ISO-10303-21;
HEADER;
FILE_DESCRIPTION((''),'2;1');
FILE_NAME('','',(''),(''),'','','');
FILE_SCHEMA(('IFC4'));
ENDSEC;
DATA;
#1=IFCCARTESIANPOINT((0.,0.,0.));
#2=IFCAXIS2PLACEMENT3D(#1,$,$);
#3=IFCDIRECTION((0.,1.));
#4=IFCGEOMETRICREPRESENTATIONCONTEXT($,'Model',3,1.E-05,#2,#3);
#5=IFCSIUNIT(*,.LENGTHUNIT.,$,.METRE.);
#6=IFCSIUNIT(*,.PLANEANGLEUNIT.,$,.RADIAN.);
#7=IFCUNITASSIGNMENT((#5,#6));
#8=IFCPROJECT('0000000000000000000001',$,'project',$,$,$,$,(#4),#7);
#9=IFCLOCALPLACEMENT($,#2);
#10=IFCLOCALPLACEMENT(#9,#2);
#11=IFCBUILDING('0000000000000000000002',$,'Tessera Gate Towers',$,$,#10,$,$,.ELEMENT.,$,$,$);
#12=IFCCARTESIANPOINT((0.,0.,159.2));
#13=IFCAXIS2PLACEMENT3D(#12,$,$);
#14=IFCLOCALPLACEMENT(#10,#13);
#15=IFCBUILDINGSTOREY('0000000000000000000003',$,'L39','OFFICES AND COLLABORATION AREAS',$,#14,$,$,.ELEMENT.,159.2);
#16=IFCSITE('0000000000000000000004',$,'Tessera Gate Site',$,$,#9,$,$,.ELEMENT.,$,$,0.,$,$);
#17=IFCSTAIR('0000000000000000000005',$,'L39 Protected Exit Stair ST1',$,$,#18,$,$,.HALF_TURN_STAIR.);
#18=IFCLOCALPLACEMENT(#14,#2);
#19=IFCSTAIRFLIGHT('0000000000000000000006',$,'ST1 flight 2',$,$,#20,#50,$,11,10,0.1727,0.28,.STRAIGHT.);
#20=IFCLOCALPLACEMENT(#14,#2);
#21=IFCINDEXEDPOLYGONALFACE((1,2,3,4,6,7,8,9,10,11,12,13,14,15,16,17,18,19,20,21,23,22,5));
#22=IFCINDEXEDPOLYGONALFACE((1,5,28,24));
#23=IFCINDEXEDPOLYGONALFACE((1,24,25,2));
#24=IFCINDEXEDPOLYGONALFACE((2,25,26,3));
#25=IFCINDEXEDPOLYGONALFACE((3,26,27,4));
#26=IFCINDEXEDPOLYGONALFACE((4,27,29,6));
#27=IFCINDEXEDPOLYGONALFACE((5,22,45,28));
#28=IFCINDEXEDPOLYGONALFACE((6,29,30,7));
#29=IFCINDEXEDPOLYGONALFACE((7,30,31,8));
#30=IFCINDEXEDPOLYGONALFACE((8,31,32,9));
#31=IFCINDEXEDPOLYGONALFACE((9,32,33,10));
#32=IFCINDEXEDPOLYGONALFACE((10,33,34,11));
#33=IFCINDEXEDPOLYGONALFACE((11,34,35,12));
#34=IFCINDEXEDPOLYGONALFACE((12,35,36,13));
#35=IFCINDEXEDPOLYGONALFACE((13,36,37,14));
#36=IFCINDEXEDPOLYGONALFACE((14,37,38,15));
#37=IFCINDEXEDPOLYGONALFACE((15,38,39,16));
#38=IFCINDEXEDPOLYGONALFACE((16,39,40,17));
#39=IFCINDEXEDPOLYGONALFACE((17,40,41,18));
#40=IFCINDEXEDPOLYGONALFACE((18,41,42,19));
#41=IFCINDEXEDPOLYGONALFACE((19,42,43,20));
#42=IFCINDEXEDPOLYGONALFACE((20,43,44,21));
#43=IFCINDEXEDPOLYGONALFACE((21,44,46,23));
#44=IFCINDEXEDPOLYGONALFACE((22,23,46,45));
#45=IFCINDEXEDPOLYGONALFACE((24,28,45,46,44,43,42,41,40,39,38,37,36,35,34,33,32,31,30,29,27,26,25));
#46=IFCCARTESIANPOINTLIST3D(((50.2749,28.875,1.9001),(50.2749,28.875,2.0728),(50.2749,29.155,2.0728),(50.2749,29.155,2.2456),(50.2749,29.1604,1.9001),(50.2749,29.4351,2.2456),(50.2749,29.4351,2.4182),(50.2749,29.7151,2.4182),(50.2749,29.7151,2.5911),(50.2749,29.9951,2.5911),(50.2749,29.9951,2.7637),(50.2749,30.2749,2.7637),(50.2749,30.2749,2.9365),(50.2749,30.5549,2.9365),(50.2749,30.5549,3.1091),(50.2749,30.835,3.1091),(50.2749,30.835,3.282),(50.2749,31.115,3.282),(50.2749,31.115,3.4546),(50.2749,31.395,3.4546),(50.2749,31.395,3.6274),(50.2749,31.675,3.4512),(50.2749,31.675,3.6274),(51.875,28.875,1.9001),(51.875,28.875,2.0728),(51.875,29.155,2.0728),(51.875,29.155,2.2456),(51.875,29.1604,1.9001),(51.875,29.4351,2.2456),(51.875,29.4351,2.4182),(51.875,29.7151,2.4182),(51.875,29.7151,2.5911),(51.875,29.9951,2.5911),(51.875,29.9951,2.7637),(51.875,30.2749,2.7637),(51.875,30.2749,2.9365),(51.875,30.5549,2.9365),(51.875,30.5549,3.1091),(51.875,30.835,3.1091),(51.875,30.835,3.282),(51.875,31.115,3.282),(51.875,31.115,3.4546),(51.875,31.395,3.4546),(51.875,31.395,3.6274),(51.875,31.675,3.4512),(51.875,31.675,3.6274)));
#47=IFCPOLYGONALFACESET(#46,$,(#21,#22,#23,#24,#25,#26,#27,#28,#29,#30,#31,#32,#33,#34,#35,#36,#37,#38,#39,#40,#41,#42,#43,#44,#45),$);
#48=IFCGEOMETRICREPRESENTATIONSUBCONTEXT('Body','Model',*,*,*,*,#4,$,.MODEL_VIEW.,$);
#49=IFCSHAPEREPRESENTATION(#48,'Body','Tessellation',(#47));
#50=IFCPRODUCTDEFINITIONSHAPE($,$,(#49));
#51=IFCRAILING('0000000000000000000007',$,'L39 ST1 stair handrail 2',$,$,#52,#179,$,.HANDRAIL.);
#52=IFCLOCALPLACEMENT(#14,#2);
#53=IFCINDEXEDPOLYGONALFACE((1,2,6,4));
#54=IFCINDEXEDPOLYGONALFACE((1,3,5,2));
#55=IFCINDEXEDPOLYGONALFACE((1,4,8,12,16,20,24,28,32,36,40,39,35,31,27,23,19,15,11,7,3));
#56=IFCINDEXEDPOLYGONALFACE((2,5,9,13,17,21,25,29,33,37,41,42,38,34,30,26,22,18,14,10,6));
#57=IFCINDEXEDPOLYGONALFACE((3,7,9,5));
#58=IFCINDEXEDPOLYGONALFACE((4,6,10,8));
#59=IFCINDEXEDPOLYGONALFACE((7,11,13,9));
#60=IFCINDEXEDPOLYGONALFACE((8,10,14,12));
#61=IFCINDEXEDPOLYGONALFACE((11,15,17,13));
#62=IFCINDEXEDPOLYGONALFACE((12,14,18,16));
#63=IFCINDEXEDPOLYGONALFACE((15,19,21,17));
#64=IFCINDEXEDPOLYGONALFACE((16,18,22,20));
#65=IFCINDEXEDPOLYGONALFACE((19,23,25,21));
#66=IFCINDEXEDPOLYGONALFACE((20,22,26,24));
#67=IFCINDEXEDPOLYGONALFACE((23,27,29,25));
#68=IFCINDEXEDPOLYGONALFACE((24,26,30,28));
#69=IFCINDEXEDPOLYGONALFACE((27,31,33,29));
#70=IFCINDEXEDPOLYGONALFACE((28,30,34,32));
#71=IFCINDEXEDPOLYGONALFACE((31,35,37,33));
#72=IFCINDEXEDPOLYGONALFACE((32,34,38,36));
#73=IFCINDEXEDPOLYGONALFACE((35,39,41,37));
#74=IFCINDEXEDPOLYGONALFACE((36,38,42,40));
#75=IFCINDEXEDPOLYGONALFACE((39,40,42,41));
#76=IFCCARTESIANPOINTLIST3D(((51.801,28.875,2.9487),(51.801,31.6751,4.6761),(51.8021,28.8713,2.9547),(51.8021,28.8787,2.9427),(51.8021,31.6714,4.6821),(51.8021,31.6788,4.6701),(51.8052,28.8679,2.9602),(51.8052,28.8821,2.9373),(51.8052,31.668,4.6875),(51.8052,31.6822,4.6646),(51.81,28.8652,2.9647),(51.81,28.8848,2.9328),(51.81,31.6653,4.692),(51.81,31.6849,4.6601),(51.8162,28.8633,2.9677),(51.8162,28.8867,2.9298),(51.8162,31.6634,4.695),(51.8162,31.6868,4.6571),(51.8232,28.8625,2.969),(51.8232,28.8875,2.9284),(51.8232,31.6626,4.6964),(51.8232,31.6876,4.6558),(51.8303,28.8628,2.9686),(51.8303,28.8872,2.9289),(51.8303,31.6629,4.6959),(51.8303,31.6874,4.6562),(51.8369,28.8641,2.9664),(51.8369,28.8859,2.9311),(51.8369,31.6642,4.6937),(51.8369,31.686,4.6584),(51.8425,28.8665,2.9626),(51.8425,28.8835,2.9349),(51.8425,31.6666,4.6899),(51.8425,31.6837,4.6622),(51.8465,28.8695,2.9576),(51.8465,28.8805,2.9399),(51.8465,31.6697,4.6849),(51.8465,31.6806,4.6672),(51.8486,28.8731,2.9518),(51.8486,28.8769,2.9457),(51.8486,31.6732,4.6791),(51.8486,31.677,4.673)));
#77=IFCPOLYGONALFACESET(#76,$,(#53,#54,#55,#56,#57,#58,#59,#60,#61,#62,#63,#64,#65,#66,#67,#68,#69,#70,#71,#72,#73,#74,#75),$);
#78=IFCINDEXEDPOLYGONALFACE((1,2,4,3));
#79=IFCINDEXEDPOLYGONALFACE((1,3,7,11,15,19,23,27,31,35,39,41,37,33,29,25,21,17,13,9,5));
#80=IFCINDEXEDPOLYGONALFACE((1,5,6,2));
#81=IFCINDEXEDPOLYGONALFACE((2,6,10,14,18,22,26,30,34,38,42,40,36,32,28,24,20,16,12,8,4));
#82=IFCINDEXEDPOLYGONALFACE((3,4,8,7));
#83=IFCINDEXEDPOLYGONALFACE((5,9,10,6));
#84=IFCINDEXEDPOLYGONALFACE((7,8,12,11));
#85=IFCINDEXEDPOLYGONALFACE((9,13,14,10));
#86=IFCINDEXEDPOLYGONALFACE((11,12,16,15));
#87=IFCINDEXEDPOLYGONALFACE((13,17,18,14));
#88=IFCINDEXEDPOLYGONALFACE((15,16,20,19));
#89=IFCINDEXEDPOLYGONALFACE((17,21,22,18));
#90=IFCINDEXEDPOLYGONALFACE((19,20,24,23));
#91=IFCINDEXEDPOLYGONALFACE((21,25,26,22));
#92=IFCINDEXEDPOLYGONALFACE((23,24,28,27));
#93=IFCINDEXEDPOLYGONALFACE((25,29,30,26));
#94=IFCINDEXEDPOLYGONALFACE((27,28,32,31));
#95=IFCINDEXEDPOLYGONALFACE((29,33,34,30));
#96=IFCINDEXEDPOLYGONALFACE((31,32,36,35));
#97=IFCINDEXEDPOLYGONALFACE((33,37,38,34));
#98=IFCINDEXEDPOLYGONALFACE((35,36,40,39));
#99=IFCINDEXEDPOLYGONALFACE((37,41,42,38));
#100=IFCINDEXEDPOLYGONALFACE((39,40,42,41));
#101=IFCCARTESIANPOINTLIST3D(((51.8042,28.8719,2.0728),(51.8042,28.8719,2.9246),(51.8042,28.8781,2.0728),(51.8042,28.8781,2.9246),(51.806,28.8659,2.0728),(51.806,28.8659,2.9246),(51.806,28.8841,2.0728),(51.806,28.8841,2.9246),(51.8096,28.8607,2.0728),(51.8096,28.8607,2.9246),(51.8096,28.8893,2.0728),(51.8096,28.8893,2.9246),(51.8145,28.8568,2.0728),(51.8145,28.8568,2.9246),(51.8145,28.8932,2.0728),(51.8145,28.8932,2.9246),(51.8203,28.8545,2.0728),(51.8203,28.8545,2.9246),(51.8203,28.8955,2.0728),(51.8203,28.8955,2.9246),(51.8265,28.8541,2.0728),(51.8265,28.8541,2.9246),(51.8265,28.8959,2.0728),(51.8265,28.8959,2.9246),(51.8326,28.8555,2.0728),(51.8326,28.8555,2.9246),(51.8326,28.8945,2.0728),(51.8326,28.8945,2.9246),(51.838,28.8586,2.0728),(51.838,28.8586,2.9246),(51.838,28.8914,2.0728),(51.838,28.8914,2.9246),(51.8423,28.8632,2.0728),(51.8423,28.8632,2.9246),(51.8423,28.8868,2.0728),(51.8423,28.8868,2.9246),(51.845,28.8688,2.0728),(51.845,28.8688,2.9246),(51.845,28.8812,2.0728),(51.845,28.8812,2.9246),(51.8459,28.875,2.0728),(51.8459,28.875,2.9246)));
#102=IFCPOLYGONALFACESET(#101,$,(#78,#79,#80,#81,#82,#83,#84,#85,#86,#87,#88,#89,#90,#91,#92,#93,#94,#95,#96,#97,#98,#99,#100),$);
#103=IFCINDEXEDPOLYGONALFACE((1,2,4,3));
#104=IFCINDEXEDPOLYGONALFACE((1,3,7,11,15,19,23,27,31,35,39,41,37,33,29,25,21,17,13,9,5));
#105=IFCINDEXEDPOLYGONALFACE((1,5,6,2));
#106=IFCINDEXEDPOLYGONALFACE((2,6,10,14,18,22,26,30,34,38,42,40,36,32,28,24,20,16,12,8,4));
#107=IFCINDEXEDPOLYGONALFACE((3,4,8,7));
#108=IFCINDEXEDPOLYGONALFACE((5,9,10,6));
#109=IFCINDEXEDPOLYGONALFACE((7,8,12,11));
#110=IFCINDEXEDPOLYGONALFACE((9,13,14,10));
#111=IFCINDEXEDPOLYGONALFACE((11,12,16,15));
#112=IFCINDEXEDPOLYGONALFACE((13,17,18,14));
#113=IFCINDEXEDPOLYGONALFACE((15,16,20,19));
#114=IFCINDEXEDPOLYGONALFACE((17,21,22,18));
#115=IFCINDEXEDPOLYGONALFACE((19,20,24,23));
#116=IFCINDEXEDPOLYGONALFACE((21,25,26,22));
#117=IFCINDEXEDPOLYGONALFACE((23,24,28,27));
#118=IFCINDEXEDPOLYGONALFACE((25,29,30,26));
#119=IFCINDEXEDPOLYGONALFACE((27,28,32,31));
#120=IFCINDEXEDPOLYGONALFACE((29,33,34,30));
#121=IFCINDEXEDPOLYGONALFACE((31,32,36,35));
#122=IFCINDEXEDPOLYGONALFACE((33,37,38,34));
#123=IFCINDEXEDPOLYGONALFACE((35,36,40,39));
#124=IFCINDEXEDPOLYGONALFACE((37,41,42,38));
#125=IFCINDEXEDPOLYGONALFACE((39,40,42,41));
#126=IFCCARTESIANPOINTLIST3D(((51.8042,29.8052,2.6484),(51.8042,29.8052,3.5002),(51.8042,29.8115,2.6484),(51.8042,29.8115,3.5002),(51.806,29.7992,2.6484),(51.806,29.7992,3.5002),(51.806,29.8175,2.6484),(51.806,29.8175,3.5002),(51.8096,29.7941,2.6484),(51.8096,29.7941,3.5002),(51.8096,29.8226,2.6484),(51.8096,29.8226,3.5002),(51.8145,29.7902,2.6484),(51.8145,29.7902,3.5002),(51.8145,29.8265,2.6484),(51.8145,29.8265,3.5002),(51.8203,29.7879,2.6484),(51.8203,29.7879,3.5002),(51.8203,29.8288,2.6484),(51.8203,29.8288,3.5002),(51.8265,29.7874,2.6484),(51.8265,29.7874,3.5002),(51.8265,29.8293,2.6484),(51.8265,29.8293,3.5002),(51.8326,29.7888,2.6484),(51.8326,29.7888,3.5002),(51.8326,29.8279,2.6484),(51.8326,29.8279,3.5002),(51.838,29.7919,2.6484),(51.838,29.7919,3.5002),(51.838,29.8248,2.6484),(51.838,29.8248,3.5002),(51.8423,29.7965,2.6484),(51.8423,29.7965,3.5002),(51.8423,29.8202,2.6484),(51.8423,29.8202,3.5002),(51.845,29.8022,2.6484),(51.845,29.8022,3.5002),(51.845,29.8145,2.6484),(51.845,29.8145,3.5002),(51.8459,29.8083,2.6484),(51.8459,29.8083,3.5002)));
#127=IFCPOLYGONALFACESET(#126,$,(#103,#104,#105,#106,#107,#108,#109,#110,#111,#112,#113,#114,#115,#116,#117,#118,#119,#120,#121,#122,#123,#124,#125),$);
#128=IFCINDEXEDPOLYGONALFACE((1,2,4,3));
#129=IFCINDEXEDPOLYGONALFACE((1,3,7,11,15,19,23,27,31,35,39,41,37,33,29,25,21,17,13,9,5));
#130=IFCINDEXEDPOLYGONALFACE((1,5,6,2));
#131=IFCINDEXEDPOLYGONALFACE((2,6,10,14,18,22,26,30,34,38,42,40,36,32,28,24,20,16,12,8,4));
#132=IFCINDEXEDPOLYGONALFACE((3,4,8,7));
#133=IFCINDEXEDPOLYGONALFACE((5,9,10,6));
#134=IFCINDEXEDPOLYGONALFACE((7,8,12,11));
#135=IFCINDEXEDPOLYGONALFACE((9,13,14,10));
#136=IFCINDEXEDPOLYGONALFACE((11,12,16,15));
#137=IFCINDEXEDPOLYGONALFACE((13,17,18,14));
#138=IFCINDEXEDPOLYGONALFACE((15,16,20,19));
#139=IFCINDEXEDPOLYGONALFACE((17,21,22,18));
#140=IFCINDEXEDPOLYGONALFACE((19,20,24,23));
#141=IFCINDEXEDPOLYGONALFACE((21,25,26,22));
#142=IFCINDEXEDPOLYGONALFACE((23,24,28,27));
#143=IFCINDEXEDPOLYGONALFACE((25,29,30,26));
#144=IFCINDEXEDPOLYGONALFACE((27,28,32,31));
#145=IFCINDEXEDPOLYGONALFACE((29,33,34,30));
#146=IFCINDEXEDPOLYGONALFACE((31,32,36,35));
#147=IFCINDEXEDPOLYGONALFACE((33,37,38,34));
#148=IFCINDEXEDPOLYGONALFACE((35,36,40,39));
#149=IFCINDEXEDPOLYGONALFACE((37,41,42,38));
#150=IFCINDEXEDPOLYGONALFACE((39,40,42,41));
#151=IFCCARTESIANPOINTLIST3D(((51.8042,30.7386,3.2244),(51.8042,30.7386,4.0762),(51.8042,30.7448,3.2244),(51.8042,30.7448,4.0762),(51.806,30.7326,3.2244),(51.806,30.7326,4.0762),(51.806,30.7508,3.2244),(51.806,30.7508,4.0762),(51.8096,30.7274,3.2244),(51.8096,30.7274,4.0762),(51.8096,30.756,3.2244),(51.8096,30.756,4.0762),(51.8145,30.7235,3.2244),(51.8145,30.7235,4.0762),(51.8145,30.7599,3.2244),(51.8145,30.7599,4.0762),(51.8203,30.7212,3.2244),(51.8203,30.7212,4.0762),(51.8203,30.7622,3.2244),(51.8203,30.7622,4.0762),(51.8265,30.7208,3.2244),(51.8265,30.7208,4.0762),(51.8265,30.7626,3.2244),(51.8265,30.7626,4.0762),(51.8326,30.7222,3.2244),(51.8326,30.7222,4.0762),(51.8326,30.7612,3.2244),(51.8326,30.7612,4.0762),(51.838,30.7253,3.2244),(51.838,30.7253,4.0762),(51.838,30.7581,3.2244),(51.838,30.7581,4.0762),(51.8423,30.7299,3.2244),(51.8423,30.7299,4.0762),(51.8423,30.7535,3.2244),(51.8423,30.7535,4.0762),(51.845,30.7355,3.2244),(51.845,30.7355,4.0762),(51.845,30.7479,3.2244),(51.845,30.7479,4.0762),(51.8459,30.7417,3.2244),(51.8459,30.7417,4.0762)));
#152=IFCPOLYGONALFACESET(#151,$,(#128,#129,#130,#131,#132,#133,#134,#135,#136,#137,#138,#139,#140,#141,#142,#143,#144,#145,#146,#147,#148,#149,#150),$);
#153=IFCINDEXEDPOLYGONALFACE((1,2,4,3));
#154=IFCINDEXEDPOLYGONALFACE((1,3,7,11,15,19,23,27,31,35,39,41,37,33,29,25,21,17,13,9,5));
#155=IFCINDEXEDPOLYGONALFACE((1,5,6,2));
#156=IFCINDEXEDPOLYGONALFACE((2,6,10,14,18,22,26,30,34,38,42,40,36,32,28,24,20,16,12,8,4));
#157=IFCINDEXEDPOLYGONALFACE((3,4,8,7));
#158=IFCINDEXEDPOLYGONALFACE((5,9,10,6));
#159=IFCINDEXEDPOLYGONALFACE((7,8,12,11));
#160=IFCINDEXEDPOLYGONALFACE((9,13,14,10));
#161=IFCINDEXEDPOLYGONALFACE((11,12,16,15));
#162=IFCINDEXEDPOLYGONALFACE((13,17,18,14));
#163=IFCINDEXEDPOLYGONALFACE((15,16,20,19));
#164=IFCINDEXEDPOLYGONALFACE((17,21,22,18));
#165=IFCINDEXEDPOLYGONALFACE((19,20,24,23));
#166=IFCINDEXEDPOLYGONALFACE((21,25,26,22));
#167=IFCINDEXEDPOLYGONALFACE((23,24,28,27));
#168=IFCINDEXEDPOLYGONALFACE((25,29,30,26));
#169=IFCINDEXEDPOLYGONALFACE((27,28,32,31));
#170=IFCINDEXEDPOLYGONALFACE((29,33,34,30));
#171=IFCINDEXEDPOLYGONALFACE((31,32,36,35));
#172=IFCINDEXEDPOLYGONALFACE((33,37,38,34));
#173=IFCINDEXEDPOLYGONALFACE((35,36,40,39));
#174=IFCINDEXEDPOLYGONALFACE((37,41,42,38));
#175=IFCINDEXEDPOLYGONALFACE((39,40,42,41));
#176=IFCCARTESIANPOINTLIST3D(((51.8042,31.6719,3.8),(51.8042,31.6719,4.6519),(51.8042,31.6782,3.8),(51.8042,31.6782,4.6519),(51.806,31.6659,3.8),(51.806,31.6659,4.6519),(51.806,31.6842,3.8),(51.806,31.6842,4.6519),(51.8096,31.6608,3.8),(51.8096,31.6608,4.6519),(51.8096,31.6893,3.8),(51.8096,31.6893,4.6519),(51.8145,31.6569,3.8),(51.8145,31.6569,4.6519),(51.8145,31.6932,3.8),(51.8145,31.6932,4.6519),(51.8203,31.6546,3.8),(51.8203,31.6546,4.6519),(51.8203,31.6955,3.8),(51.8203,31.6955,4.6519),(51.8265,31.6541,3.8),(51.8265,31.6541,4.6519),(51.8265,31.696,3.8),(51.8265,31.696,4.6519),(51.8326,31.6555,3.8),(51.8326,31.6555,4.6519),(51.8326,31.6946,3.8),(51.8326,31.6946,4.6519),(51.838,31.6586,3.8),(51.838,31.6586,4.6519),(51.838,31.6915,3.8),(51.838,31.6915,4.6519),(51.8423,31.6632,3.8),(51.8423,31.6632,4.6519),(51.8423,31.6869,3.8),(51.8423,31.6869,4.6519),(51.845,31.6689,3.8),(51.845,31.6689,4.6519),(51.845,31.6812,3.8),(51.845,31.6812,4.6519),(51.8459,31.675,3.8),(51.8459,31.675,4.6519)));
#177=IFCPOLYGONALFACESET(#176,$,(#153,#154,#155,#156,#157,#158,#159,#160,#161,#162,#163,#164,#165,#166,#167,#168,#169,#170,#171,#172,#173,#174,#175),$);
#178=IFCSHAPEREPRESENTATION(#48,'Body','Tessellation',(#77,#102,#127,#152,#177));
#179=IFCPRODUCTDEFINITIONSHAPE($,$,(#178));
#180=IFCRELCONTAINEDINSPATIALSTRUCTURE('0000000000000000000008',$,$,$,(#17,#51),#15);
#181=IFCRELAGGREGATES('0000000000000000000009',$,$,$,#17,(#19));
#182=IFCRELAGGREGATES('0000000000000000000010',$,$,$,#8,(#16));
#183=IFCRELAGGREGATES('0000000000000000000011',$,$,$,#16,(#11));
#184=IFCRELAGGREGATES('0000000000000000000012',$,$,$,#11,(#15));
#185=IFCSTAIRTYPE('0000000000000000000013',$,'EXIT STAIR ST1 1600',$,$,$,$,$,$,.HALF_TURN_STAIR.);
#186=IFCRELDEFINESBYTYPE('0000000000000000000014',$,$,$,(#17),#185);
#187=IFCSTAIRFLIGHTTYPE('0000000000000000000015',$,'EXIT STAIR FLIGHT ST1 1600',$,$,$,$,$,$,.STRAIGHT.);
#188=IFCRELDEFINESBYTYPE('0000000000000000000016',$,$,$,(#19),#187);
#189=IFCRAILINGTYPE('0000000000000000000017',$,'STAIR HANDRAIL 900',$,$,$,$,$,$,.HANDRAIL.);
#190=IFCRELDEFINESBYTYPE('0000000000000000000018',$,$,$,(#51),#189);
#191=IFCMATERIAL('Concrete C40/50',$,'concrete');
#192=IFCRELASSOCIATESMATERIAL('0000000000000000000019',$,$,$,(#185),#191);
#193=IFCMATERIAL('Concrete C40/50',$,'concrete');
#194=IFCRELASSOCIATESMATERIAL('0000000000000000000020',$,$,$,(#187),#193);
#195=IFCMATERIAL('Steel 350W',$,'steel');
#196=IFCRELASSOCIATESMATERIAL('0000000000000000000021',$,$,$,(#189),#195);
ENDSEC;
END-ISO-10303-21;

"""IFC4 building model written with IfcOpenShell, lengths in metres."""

from ifc_helpers import new_model, si_unit, direction, frame, origin, origin_2d, place, context, subcontext, project, spatial, polyline, circle, outline, extrude, material, type_object, element, aggregate, save


model = new_model("IFC4")

# Units and contexts
model_context = context("Model", 3, precision=1e-05, world=origin(), true_north=direction((0.0, 1.0)))
body_context = subcontext(model_context, "Body", "Model", "MODEL_VIEW")
ifc_project = project(units=[si_unit("LENGTHUNIT", "METRE"), si_unit("PLANEANGLEUNIT", "RADIAN")], contexts=[model_context])

# Site, building, storey
site_placement = place(None, origin())
site = spatial("IfcSite", under=ifc_project, at=site_placement, Name="Tessera Gate Site", CompositionType="ELEMENT", RefElevation=0.0)
building_placement = place(site_placement, origin())
building = spatial("IfcBuilding", under=site, at=building_placement, Name="Tessera Gate Towers", CompositionType="ELEMENT")
storey_placement = place(building_placement, frame((0.0, 0.0, 159.2)))
storey = spatial("IfcBuildingStorey", under=building, at=storey_placement, Name="L39", Description="OFFICES AND COLLABORATION AREAS", CompositionType="ELEMENT", Elevation=159.2)

# Stair, stair flight
ifc_material_1 = material(Name="Concrete C40/50", Category="concrete")
stair_type = type_object("IfcStairType", Name="EXIT STAIR ST1 1600", PredefinedType="HALF_TURN_STAIR", material=ifc_material_1)
stair_placement = place(storey_placement, origin())
stair = element("IfcStair", 1, at=stair_placement, inside=storey, type_object=stair_type, Name="L39 Protected Exit Stair ST1", PredefinedType="HALF_TURN_STAIR")
ifc_material_2 = material(Name="Concrete C40/50", Category="concrete")
stair_flight_type = type_object("IfcStairFlightType", Name="EXIT STAIR FLIGHT ST1 1600", PredefinedType="STRAIGHT", material=ifc_material_2)
stair_flight_placement = place(storey_placement, frame((51.075, 28.875, 1.9001), z_axis=(0.0, 0.0, 1.0), x_axis=(0.0, 1.0, 0.0)))
stair_flight = element("IfcStairFlight", 2, at=stair_flight_placement, type_object=stair_flight_type, Name="ST1 flight 2", NumberOfRisers=11, NumberOfTreads=10, PredefinedType="STRAIGHT", RiserHeight=0.1727, TreadLength=0.28, context=body_context, shape_type="SweptSolid", body=[
    extrude(outline(polyline([(0.0, 0.0), (0.0, 0.1726), (0.28, 0.1726), (0.28, 0.3455), (0.5601, 0.3455), (0.5601, 0.5181), (0.8401, 0.5181), (0.8401, 0.6909), (1.1201, 0.6909), (1.1201, 0.8635), (1.3999, 0.8635), (1.3999, 1.0364), (1.6799, 1.0364), (1.6799, 1.209), (1.96, 1.209), (1.96, 1.3818), (2.24, 1.3818), (2.24, 1.5544), (2.52, 1.5544), (2.52, 1.7273), (2.8, 1.7273), (2.8, 1.8999), (2.8, 1.551), (0.2854, 0.0), (0.0, 0.0)])), frame((0.0, 0.8, 0.0), z_axis=(0.0, -1.0, 0.0), x_axis=(1.0, 0.0, 0.0)), (0.0, 0.0, 1.0), 1.6001),
])
aggregate(stair, [stair_flight])

# Railing
ifc_material_3 = material(Name="Steel 350W", Category="steel")
railing_type = type_object("IfcRailingType", Name="STAIR HANDRAIL 900", PredefinedType="HANDRAIL", material=ifc_material_3)
railing_placement = place(storey_placement, frame((51.825, 28.875, 2.0728)))
element("IfcRailing", 3, at=railing_placement, inside=storey, type_object=railing_type, Name="L39 ST1 stair handrail 2", PredefinedType="HANDRAIL", context=body_context, shape_type="SweptSolid", body=[
    extrude(circle(Radius=0.0239, at=origin_2d()), frame((0.0, 0.0, 0.876), z_axis=(0.0, 0.85109, 0.52502), x_axis=(-1.0, 0.0, 0.0)), (0.0, 0.0, 1.0), 3.29),
    extrude(circle(Radius=0.021, at=origin_2d()), origin(), (0.0, 0.0, 1.0), 0.8518),
    extrude(circle(Radius=0.021, at=origin_2d()), frame((0.0, 0.9333, 0.5757)), (0.0, 0.0, 1.0), 0.8518),
    extrude(circle(Radius=0.021, at=origin_2d()), frame((0.0, 1.8667, 1.1516)), (0.0, 0.0, 1.0), 0.8518),
    extrude(circle(Radius=0.021, at=origin_2d()), frame((0.0, 2.8, 1.7273)), (0.0, 0.0, 1.0), 0.8518),
])

save(model, "model.ifc")
